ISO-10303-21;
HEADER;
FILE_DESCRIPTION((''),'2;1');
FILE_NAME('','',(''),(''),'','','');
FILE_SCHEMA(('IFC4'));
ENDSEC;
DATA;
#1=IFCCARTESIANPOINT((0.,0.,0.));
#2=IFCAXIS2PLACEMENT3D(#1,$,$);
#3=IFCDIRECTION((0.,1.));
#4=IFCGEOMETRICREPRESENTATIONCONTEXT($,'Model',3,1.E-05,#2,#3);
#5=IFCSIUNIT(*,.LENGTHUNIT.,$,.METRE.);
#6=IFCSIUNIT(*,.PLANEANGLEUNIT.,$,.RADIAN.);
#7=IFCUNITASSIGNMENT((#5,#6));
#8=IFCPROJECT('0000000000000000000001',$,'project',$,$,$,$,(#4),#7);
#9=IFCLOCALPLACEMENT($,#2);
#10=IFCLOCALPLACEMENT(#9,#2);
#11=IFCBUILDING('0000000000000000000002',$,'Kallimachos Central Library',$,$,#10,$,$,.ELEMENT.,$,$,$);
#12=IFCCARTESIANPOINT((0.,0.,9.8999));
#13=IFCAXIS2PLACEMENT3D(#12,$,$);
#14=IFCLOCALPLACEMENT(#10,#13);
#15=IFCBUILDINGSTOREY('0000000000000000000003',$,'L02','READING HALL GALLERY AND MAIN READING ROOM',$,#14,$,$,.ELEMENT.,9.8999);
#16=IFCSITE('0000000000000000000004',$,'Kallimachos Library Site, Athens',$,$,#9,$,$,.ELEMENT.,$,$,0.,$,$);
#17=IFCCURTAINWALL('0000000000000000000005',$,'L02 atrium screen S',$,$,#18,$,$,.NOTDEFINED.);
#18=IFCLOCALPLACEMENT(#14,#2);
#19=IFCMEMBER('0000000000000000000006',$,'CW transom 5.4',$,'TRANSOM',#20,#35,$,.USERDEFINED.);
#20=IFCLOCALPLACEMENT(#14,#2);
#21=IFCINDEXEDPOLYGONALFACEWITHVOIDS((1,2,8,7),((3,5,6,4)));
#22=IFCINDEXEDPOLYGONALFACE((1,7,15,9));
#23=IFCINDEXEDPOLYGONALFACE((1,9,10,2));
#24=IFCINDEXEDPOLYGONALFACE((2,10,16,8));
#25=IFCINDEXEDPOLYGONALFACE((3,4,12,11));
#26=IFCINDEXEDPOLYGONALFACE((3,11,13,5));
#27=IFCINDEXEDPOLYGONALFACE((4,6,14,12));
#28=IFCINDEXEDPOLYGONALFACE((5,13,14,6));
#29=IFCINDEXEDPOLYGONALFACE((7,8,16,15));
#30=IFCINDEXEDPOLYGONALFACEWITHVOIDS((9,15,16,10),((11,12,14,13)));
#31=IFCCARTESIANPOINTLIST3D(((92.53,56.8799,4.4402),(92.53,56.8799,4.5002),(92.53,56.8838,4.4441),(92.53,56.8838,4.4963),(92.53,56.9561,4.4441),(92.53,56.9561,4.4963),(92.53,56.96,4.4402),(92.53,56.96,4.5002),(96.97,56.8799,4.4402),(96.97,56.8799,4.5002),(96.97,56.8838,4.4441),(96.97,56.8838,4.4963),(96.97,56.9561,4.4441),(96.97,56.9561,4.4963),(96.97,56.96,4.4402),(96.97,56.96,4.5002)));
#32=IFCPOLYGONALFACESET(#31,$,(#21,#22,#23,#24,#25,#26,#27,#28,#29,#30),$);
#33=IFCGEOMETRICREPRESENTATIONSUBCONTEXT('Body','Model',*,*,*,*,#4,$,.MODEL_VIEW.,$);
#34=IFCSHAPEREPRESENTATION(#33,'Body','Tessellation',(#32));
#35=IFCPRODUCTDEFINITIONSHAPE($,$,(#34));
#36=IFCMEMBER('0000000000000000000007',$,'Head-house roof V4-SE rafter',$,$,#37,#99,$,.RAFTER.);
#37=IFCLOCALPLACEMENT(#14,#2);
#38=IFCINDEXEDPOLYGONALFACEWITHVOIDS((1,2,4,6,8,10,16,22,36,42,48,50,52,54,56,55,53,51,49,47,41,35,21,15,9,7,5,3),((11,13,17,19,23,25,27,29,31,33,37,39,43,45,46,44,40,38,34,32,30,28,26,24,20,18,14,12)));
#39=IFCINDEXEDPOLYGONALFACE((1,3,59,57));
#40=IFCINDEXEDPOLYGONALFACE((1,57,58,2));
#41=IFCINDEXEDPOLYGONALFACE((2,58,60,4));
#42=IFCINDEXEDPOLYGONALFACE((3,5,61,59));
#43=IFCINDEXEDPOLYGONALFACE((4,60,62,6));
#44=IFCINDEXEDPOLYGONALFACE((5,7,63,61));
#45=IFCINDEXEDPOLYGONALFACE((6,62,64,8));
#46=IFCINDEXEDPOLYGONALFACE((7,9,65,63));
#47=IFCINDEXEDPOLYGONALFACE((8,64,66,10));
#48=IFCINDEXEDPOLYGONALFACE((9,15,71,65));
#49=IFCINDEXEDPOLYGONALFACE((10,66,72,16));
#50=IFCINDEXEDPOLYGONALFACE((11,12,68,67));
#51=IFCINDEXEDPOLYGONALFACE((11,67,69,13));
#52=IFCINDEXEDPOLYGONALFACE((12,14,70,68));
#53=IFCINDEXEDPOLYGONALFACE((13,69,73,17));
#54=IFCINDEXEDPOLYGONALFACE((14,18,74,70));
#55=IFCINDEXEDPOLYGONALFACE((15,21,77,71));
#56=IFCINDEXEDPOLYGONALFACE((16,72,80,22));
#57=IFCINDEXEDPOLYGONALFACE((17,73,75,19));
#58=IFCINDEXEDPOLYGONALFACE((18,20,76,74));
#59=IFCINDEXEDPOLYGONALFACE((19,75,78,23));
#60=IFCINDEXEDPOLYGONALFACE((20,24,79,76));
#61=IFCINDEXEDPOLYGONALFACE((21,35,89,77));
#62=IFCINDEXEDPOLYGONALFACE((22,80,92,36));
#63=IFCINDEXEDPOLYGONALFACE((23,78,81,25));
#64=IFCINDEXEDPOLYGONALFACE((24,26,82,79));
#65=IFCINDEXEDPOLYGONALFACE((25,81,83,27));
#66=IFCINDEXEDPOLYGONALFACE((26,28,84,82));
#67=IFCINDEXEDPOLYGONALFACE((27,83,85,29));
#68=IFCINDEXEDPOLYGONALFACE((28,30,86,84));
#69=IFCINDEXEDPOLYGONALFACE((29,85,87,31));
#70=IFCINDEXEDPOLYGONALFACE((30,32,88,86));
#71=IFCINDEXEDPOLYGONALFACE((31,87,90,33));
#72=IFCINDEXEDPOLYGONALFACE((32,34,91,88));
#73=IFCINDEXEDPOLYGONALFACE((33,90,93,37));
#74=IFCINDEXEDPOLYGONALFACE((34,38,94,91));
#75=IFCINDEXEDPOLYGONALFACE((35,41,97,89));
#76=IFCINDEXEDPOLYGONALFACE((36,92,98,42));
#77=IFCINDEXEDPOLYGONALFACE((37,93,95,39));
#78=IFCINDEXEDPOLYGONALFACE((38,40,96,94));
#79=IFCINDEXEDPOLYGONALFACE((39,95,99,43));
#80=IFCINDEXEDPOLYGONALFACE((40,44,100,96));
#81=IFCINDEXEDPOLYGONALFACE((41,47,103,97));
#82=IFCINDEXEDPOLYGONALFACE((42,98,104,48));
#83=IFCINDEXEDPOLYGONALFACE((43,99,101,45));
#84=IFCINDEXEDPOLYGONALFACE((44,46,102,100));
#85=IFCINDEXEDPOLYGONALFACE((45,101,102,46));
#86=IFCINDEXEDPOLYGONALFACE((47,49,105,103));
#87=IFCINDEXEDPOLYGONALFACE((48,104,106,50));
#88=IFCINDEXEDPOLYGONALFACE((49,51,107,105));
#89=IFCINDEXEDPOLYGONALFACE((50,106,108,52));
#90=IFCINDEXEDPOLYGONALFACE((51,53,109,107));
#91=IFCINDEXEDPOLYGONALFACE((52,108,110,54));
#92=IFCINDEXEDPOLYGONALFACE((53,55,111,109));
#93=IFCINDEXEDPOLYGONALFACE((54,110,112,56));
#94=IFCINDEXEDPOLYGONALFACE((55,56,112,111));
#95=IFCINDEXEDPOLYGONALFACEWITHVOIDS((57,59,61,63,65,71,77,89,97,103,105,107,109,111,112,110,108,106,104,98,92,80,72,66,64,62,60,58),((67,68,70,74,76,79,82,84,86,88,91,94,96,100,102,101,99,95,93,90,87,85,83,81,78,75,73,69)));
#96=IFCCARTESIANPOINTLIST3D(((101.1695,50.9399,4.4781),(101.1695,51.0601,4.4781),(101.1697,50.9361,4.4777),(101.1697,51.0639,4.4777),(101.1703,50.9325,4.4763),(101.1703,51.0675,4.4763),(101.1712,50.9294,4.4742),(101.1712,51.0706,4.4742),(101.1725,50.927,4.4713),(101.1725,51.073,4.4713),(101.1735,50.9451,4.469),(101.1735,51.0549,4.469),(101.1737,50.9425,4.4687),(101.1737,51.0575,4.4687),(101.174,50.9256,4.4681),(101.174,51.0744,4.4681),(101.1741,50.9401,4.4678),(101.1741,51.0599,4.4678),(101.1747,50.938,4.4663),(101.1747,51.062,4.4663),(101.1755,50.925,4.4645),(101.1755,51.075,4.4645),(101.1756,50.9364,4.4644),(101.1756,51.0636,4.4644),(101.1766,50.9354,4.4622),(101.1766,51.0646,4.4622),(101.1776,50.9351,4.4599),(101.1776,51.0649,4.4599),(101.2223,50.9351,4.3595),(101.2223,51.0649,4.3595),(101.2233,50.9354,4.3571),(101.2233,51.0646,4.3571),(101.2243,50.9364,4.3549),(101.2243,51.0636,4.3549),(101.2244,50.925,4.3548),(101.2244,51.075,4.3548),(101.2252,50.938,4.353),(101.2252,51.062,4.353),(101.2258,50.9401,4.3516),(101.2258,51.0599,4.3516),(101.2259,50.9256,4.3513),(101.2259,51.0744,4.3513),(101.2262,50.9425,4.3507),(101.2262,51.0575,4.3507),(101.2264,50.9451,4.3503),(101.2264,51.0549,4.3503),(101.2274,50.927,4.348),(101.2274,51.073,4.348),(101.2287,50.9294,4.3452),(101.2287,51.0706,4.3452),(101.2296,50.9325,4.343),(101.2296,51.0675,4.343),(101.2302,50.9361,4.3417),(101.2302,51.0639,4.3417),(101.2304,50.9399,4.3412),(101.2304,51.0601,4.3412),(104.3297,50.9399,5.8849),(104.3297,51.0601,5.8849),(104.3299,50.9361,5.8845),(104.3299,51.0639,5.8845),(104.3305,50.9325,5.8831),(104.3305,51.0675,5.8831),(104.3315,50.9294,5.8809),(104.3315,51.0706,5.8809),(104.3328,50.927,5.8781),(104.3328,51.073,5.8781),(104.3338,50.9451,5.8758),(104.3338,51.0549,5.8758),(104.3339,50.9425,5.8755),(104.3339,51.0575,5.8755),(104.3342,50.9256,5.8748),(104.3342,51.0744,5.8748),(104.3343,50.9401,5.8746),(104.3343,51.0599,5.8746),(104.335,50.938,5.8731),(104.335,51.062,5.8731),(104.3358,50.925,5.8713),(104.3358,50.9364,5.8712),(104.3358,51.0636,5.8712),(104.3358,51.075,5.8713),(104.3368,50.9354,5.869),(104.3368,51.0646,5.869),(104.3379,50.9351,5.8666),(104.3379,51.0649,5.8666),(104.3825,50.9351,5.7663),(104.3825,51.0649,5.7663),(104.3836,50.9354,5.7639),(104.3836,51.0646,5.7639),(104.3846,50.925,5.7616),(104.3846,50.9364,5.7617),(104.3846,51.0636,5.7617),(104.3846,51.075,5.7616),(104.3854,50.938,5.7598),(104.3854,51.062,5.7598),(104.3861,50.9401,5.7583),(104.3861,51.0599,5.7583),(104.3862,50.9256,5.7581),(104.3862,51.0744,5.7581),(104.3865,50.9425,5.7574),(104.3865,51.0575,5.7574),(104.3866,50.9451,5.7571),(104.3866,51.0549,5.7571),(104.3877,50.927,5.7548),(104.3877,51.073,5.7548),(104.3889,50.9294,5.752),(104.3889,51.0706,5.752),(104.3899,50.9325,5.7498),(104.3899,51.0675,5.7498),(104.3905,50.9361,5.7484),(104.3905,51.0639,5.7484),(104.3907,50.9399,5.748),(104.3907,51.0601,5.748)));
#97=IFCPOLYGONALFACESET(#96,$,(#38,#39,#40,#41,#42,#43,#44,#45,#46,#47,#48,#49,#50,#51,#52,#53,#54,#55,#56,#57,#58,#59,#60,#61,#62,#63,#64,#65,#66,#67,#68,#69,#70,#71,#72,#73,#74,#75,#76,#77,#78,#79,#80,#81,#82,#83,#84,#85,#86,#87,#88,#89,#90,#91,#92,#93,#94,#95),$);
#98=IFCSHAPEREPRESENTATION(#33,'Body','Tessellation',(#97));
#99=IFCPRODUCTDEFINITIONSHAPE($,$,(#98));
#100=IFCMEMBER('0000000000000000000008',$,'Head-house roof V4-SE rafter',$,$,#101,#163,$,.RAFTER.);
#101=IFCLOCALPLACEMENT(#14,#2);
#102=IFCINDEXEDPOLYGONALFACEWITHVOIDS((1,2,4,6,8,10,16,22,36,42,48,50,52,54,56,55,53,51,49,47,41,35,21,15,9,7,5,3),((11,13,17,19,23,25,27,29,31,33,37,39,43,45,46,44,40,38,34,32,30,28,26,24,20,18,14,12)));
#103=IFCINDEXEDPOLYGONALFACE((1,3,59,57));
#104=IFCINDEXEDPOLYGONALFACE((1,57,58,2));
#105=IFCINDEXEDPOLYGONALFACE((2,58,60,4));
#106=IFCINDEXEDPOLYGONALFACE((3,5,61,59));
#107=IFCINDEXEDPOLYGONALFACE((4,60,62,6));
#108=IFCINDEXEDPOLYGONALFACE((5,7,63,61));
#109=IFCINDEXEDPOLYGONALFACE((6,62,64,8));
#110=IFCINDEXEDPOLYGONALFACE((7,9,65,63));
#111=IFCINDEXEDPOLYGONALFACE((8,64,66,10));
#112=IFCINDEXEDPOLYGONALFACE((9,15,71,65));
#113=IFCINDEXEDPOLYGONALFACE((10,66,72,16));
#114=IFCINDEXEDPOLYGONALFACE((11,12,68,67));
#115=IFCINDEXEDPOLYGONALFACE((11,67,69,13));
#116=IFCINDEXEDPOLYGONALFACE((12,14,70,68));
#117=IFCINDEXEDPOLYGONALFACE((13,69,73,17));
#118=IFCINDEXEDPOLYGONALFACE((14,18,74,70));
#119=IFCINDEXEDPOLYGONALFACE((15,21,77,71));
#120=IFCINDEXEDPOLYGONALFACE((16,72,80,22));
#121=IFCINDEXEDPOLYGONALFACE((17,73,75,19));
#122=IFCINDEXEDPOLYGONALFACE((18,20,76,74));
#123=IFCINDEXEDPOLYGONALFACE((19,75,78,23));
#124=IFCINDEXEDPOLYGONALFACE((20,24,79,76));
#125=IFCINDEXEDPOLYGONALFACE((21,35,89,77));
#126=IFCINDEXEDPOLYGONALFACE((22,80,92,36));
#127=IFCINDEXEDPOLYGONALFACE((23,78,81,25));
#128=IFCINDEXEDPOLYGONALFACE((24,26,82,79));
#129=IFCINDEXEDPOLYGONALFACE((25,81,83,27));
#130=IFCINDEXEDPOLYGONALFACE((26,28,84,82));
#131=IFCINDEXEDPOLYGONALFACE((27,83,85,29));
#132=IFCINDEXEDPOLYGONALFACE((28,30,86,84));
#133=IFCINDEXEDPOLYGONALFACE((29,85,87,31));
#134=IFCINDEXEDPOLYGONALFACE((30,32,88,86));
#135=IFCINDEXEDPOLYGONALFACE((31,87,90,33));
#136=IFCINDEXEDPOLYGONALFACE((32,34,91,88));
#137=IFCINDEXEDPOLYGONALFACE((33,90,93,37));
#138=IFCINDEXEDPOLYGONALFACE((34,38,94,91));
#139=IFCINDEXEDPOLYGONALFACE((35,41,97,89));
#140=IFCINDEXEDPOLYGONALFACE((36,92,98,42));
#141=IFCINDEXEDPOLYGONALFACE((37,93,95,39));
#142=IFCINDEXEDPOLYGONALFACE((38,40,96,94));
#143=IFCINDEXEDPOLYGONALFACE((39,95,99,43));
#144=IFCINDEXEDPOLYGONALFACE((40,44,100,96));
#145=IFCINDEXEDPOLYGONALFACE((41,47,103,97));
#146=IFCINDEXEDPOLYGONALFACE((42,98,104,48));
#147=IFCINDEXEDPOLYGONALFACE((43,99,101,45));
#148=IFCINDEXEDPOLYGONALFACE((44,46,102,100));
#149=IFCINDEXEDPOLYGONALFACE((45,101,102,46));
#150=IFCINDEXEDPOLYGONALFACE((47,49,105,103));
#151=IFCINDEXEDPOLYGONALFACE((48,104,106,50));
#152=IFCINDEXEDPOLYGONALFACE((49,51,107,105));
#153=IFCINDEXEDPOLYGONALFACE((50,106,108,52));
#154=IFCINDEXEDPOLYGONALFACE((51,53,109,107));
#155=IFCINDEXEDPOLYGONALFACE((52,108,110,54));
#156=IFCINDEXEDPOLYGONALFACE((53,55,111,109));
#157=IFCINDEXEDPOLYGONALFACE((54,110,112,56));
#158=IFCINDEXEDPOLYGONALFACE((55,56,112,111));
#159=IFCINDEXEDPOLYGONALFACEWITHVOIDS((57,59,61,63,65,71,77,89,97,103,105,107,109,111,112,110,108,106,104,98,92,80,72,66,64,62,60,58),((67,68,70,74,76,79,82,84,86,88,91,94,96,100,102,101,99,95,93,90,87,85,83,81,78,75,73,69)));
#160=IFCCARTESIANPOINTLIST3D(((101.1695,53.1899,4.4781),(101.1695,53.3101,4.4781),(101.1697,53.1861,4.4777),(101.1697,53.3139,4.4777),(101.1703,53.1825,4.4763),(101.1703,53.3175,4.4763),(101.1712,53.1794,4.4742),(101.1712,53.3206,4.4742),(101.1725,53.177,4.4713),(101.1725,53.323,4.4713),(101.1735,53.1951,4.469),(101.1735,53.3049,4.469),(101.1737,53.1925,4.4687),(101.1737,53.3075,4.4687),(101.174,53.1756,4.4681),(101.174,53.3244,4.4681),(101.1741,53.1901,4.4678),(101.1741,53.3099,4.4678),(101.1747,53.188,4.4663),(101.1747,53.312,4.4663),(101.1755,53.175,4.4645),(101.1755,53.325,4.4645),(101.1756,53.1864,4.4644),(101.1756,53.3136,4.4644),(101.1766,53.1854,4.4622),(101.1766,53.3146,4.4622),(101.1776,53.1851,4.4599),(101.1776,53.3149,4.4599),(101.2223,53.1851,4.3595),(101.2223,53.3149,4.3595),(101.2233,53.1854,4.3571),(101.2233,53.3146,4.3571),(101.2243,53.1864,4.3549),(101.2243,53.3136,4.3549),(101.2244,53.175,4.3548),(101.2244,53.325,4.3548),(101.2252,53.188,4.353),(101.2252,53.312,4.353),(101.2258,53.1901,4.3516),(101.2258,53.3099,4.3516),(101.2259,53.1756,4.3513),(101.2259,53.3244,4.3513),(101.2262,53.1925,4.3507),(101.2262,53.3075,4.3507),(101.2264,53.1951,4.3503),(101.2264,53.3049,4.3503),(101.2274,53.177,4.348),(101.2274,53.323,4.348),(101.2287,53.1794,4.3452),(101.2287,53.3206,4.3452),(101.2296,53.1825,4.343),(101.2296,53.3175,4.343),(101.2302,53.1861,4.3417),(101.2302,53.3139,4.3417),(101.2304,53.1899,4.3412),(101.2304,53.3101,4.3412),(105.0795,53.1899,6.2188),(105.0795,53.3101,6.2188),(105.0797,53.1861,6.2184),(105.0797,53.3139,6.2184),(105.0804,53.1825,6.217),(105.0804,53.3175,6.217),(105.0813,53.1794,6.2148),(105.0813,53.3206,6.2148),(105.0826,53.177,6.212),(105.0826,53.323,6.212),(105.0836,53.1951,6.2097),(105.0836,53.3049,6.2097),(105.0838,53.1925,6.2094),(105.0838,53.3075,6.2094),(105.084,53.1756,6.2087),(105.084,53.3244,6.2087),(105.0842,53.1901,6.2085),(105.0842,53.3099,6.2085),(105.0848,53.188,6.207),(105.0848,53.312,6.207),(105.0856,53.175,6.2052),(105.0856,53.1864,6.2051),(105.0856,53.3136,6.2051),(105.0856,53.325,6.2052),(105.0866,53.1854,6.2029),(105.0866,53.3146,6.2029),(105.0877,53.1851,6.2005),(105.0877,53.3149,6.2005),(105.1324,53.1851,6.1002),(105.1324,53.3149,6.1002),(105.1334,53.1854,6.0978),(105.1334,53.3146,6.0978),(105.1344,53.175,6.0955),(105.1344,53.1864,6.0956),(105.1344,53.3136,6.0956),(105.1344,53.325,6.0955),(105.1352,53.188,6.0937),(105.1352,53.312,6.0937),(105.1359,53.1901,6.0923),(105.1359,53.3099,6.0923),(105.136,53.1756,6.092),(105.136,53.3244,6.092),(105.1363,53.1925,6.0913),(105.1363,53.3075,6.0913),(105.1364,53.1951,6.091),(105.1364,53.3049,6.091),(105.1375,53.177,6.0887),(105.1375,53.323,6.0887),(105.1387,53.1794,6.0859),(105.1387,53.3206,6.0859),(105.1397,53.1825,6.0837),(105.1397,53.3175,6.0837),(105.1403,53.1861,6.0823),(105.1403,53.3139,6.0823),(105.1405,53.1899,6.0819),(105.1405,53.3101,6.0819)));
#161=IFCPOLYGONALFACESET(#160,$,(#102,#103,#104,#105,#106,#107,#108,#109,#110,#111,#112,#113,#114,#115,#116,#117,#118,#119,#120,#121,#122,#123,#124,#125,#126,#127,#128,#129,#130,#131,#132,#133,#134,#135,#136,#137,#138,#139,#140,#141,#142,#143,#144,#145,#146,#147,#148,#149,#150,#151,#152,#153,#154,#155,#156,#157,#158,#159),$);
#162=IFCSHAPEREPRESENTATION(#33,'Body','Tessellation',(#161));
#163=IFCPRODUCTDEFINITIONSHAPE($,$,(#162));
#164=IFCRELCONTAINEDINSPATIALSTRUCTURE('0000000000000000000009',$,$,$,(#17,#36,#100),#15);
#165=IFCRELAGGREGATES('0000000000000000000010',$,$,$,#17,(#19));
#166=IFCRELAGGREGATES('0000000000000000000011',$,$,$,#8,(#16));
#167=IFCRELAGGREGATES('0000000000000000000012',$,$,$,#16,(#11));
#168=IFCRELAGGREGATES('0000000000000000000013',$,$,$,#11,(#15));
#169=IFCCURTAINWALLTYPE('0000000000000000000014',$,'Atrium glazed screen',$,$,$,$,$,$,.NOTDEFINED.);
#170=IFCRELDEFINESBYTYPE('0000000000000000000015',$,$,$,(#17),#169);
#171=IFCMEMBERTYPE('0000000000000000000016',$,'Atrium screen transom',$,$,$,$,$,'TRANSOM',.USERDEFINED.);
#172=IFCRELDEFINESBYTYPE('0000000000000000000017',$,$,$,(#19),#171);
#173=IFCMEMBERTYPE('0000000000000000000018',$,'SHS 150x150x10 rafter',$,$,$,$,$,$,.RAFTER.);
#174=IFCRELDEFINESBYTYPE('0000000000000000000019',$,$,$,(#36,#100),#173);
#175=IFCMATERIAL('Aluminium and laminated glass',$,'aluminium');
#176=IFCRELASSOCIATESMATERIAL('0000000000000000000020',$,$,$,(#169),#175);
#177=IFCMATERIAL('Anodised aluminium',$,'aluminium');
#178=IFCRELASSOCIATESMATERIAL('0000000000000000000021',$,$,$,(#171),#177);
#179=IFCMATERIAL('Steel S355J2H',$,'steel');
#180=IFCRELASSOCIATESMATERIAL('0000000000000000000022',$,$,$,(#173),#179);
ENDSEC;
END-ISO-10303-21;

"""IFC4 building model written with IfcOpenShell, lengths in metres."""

from ifc_helpers import new_model, si_unit, direction, frame, origin, origin_2d, place, context, subcontext, project, spatial, hollow_rectangle, extrude, material, material_profile, profile_set, type_object, element, aggregate, save


model = new_model("IFC4")

# Units and contexts
model_context = context("Model", 3, precision=1e-05, world=origin(), true_north=direction((0.0, 1.0)))
body_context = subcontext(model_context, "Body", "Model", "MODEL_VIEW")
ifc_project = project(units=[si_unit("LENGTHUNIT", "METRE"), si_unit("PLANEANGLEUNIT", "RADIAN")], contexts=[model_context])

# Site, building, storey
site_placement = place(None, origin())
site = spatial("IfcSite", under=ifc_project, at=site_placement, Name="Kallimachos Library Site, Athens", CompositionType="ELEMENT", RefElevation=0.0)
building_placement = place(site_placement, origin())
building = spatial("IfcBuilding", under=site, at=building_placement, Name="Kallimachos Central Library", CompositionType="ELEMENT")
storey_placement = place(building_placement, frame((0.0, 0.0, 9.8999)))
storey = spatial("IfcBuildingStorey", under=building, at=storey_placement, Name="L02", Description="READING HALL GALLERY AND MAIN READING ROOM", CompositionType="ELEMENT", Elevation=9.8999)

# Curtain wall, member
ifc_material_1 = material(Name="Aluminium and laminated glass", Category="aluminium")
curtain_wall_type = type_object("IfcCurtainWallType", Name="Atrium glazed screen", PredefinedType="NOTDEFINED", material=ifc_material_1)
curtain_wall_placement = place(storey_placement, origin())
curtain_wall = element("IfcCurtainWall", 1, at=curtain_wall_placement, inside=storey, type_object=curtain_wall_type, Name="L02 atrium screen S", PredefinedType="NOTDEFINED")
ifc_material_2 = material(Name="Anodised aluminium", Category="aluminium")
ifc_material_profile_1 = material_profile(ifc_material_2, hollow_rectangle(XDim=0.0601, YDim=0.0801, WallThickness=0.0039, at=origin_2d()), Name="ALU TRANSOM 60x80")
ifc_profile_set_1 = profile_set([ifc_material_profile_1], Name="Anodised aluminium")
member_type_1 = type_object("IfcMemberType", Name="Atrium screen transom", ElementType="TRANSOM", PredefinedType="USERDEFINED", material=ifc_profile_set_1)
member_1_placement = place(storey_placement, frame((92.53, 56.9199, 4.4702), z_axis=(1.0, 0.0, 0.0), x_axis=(0.0, 0.0, 1.0)))
member_1 = element("IfcMember", 2, at=member_1_placement, type_object=member_type_1, Name="CW transom 5.4", ObjectType="TRANSOM", PredefinedType="USERDEFINED", context=body_context, shape_type="SweptSolid", body=[
    extrude(hollow_rectangle(XDim=0.0601, YDim=0.0801, WallThickness=0.0039, at=origin_2d()), origin(), (0.0, 0.0, 1.0), 4.4399),
])

# Members
ifc_material_3 = material(Name="Steel S355J2H", Category="steel")
ifc_material_profile_2 = material_profile(ifc_material_3, hollow_rectangle(XDim=0.1499, YDim=0.1499, WallThickness=0.01, InnerFilletRadius=0.01, OuterFilletRadius=0.0149, at=origin_2d()), Name="SHS 150x150x10")
ifc_profile_set_2 = profile_set([ifc_material_profile_2], Name="Steel S355J2H")
member_type_2 = type_object("IfcMemberType", Name="SHS 150x150x10 rafter", PredefinedType="RAFTER", material=ifc_profile_set_2)
member_2_placement = place(storey_placement, frame((101.2, 51.0, 4.4097), z_axis=(0.913573, 0.0, 0.406675), x_axis=(0.0, 1.0, 0.0)))
element("IfcMember", 3, at=member_2_placement, inside=storey, type_object=member_type_2, Name="Head-house roof V4-SE rafter", PredefinedType="RAFTER", context=body_context, shape_type="SweptSolid", body=[
    extrude(hollow_rectangle(XDim=0.1499, YDim=0.1499, WallThickness=0.01, InnerFilletRadius=0.01, OuterFilletRadius=0.0149, at=origin_2d()), origin(), (0.0, 0.0, 1.0), 3.4592),
])
member_3_placement = place(storey_placement, frame((101.2, 53.25, 4.4097), z_axis=(0.913562, 0.0, 0.406699), x_axis=(0.0, 1.0, 0.0)))
element("IfcMember", 4, at=member_3_placement, inside=storey, type_object=member_type_2, Name="Head-house roof V4-SE rafter", PredefinedType="RAFTER", context=body_context, shape_type="SweptSolid", body=[
    extrude(hollow_rectangle(XDim=0.1499, YDim=0.1499, WallThickness=0.01, InnerFilletRadius=0.01, OuterFilletRadius=0.0149, at=origin_2d()), origin(), (0.0, 0.0, 1.0), 4.28),
])

aggregate(curtain_wall, [member_1])

save(model, "model.ifc")
